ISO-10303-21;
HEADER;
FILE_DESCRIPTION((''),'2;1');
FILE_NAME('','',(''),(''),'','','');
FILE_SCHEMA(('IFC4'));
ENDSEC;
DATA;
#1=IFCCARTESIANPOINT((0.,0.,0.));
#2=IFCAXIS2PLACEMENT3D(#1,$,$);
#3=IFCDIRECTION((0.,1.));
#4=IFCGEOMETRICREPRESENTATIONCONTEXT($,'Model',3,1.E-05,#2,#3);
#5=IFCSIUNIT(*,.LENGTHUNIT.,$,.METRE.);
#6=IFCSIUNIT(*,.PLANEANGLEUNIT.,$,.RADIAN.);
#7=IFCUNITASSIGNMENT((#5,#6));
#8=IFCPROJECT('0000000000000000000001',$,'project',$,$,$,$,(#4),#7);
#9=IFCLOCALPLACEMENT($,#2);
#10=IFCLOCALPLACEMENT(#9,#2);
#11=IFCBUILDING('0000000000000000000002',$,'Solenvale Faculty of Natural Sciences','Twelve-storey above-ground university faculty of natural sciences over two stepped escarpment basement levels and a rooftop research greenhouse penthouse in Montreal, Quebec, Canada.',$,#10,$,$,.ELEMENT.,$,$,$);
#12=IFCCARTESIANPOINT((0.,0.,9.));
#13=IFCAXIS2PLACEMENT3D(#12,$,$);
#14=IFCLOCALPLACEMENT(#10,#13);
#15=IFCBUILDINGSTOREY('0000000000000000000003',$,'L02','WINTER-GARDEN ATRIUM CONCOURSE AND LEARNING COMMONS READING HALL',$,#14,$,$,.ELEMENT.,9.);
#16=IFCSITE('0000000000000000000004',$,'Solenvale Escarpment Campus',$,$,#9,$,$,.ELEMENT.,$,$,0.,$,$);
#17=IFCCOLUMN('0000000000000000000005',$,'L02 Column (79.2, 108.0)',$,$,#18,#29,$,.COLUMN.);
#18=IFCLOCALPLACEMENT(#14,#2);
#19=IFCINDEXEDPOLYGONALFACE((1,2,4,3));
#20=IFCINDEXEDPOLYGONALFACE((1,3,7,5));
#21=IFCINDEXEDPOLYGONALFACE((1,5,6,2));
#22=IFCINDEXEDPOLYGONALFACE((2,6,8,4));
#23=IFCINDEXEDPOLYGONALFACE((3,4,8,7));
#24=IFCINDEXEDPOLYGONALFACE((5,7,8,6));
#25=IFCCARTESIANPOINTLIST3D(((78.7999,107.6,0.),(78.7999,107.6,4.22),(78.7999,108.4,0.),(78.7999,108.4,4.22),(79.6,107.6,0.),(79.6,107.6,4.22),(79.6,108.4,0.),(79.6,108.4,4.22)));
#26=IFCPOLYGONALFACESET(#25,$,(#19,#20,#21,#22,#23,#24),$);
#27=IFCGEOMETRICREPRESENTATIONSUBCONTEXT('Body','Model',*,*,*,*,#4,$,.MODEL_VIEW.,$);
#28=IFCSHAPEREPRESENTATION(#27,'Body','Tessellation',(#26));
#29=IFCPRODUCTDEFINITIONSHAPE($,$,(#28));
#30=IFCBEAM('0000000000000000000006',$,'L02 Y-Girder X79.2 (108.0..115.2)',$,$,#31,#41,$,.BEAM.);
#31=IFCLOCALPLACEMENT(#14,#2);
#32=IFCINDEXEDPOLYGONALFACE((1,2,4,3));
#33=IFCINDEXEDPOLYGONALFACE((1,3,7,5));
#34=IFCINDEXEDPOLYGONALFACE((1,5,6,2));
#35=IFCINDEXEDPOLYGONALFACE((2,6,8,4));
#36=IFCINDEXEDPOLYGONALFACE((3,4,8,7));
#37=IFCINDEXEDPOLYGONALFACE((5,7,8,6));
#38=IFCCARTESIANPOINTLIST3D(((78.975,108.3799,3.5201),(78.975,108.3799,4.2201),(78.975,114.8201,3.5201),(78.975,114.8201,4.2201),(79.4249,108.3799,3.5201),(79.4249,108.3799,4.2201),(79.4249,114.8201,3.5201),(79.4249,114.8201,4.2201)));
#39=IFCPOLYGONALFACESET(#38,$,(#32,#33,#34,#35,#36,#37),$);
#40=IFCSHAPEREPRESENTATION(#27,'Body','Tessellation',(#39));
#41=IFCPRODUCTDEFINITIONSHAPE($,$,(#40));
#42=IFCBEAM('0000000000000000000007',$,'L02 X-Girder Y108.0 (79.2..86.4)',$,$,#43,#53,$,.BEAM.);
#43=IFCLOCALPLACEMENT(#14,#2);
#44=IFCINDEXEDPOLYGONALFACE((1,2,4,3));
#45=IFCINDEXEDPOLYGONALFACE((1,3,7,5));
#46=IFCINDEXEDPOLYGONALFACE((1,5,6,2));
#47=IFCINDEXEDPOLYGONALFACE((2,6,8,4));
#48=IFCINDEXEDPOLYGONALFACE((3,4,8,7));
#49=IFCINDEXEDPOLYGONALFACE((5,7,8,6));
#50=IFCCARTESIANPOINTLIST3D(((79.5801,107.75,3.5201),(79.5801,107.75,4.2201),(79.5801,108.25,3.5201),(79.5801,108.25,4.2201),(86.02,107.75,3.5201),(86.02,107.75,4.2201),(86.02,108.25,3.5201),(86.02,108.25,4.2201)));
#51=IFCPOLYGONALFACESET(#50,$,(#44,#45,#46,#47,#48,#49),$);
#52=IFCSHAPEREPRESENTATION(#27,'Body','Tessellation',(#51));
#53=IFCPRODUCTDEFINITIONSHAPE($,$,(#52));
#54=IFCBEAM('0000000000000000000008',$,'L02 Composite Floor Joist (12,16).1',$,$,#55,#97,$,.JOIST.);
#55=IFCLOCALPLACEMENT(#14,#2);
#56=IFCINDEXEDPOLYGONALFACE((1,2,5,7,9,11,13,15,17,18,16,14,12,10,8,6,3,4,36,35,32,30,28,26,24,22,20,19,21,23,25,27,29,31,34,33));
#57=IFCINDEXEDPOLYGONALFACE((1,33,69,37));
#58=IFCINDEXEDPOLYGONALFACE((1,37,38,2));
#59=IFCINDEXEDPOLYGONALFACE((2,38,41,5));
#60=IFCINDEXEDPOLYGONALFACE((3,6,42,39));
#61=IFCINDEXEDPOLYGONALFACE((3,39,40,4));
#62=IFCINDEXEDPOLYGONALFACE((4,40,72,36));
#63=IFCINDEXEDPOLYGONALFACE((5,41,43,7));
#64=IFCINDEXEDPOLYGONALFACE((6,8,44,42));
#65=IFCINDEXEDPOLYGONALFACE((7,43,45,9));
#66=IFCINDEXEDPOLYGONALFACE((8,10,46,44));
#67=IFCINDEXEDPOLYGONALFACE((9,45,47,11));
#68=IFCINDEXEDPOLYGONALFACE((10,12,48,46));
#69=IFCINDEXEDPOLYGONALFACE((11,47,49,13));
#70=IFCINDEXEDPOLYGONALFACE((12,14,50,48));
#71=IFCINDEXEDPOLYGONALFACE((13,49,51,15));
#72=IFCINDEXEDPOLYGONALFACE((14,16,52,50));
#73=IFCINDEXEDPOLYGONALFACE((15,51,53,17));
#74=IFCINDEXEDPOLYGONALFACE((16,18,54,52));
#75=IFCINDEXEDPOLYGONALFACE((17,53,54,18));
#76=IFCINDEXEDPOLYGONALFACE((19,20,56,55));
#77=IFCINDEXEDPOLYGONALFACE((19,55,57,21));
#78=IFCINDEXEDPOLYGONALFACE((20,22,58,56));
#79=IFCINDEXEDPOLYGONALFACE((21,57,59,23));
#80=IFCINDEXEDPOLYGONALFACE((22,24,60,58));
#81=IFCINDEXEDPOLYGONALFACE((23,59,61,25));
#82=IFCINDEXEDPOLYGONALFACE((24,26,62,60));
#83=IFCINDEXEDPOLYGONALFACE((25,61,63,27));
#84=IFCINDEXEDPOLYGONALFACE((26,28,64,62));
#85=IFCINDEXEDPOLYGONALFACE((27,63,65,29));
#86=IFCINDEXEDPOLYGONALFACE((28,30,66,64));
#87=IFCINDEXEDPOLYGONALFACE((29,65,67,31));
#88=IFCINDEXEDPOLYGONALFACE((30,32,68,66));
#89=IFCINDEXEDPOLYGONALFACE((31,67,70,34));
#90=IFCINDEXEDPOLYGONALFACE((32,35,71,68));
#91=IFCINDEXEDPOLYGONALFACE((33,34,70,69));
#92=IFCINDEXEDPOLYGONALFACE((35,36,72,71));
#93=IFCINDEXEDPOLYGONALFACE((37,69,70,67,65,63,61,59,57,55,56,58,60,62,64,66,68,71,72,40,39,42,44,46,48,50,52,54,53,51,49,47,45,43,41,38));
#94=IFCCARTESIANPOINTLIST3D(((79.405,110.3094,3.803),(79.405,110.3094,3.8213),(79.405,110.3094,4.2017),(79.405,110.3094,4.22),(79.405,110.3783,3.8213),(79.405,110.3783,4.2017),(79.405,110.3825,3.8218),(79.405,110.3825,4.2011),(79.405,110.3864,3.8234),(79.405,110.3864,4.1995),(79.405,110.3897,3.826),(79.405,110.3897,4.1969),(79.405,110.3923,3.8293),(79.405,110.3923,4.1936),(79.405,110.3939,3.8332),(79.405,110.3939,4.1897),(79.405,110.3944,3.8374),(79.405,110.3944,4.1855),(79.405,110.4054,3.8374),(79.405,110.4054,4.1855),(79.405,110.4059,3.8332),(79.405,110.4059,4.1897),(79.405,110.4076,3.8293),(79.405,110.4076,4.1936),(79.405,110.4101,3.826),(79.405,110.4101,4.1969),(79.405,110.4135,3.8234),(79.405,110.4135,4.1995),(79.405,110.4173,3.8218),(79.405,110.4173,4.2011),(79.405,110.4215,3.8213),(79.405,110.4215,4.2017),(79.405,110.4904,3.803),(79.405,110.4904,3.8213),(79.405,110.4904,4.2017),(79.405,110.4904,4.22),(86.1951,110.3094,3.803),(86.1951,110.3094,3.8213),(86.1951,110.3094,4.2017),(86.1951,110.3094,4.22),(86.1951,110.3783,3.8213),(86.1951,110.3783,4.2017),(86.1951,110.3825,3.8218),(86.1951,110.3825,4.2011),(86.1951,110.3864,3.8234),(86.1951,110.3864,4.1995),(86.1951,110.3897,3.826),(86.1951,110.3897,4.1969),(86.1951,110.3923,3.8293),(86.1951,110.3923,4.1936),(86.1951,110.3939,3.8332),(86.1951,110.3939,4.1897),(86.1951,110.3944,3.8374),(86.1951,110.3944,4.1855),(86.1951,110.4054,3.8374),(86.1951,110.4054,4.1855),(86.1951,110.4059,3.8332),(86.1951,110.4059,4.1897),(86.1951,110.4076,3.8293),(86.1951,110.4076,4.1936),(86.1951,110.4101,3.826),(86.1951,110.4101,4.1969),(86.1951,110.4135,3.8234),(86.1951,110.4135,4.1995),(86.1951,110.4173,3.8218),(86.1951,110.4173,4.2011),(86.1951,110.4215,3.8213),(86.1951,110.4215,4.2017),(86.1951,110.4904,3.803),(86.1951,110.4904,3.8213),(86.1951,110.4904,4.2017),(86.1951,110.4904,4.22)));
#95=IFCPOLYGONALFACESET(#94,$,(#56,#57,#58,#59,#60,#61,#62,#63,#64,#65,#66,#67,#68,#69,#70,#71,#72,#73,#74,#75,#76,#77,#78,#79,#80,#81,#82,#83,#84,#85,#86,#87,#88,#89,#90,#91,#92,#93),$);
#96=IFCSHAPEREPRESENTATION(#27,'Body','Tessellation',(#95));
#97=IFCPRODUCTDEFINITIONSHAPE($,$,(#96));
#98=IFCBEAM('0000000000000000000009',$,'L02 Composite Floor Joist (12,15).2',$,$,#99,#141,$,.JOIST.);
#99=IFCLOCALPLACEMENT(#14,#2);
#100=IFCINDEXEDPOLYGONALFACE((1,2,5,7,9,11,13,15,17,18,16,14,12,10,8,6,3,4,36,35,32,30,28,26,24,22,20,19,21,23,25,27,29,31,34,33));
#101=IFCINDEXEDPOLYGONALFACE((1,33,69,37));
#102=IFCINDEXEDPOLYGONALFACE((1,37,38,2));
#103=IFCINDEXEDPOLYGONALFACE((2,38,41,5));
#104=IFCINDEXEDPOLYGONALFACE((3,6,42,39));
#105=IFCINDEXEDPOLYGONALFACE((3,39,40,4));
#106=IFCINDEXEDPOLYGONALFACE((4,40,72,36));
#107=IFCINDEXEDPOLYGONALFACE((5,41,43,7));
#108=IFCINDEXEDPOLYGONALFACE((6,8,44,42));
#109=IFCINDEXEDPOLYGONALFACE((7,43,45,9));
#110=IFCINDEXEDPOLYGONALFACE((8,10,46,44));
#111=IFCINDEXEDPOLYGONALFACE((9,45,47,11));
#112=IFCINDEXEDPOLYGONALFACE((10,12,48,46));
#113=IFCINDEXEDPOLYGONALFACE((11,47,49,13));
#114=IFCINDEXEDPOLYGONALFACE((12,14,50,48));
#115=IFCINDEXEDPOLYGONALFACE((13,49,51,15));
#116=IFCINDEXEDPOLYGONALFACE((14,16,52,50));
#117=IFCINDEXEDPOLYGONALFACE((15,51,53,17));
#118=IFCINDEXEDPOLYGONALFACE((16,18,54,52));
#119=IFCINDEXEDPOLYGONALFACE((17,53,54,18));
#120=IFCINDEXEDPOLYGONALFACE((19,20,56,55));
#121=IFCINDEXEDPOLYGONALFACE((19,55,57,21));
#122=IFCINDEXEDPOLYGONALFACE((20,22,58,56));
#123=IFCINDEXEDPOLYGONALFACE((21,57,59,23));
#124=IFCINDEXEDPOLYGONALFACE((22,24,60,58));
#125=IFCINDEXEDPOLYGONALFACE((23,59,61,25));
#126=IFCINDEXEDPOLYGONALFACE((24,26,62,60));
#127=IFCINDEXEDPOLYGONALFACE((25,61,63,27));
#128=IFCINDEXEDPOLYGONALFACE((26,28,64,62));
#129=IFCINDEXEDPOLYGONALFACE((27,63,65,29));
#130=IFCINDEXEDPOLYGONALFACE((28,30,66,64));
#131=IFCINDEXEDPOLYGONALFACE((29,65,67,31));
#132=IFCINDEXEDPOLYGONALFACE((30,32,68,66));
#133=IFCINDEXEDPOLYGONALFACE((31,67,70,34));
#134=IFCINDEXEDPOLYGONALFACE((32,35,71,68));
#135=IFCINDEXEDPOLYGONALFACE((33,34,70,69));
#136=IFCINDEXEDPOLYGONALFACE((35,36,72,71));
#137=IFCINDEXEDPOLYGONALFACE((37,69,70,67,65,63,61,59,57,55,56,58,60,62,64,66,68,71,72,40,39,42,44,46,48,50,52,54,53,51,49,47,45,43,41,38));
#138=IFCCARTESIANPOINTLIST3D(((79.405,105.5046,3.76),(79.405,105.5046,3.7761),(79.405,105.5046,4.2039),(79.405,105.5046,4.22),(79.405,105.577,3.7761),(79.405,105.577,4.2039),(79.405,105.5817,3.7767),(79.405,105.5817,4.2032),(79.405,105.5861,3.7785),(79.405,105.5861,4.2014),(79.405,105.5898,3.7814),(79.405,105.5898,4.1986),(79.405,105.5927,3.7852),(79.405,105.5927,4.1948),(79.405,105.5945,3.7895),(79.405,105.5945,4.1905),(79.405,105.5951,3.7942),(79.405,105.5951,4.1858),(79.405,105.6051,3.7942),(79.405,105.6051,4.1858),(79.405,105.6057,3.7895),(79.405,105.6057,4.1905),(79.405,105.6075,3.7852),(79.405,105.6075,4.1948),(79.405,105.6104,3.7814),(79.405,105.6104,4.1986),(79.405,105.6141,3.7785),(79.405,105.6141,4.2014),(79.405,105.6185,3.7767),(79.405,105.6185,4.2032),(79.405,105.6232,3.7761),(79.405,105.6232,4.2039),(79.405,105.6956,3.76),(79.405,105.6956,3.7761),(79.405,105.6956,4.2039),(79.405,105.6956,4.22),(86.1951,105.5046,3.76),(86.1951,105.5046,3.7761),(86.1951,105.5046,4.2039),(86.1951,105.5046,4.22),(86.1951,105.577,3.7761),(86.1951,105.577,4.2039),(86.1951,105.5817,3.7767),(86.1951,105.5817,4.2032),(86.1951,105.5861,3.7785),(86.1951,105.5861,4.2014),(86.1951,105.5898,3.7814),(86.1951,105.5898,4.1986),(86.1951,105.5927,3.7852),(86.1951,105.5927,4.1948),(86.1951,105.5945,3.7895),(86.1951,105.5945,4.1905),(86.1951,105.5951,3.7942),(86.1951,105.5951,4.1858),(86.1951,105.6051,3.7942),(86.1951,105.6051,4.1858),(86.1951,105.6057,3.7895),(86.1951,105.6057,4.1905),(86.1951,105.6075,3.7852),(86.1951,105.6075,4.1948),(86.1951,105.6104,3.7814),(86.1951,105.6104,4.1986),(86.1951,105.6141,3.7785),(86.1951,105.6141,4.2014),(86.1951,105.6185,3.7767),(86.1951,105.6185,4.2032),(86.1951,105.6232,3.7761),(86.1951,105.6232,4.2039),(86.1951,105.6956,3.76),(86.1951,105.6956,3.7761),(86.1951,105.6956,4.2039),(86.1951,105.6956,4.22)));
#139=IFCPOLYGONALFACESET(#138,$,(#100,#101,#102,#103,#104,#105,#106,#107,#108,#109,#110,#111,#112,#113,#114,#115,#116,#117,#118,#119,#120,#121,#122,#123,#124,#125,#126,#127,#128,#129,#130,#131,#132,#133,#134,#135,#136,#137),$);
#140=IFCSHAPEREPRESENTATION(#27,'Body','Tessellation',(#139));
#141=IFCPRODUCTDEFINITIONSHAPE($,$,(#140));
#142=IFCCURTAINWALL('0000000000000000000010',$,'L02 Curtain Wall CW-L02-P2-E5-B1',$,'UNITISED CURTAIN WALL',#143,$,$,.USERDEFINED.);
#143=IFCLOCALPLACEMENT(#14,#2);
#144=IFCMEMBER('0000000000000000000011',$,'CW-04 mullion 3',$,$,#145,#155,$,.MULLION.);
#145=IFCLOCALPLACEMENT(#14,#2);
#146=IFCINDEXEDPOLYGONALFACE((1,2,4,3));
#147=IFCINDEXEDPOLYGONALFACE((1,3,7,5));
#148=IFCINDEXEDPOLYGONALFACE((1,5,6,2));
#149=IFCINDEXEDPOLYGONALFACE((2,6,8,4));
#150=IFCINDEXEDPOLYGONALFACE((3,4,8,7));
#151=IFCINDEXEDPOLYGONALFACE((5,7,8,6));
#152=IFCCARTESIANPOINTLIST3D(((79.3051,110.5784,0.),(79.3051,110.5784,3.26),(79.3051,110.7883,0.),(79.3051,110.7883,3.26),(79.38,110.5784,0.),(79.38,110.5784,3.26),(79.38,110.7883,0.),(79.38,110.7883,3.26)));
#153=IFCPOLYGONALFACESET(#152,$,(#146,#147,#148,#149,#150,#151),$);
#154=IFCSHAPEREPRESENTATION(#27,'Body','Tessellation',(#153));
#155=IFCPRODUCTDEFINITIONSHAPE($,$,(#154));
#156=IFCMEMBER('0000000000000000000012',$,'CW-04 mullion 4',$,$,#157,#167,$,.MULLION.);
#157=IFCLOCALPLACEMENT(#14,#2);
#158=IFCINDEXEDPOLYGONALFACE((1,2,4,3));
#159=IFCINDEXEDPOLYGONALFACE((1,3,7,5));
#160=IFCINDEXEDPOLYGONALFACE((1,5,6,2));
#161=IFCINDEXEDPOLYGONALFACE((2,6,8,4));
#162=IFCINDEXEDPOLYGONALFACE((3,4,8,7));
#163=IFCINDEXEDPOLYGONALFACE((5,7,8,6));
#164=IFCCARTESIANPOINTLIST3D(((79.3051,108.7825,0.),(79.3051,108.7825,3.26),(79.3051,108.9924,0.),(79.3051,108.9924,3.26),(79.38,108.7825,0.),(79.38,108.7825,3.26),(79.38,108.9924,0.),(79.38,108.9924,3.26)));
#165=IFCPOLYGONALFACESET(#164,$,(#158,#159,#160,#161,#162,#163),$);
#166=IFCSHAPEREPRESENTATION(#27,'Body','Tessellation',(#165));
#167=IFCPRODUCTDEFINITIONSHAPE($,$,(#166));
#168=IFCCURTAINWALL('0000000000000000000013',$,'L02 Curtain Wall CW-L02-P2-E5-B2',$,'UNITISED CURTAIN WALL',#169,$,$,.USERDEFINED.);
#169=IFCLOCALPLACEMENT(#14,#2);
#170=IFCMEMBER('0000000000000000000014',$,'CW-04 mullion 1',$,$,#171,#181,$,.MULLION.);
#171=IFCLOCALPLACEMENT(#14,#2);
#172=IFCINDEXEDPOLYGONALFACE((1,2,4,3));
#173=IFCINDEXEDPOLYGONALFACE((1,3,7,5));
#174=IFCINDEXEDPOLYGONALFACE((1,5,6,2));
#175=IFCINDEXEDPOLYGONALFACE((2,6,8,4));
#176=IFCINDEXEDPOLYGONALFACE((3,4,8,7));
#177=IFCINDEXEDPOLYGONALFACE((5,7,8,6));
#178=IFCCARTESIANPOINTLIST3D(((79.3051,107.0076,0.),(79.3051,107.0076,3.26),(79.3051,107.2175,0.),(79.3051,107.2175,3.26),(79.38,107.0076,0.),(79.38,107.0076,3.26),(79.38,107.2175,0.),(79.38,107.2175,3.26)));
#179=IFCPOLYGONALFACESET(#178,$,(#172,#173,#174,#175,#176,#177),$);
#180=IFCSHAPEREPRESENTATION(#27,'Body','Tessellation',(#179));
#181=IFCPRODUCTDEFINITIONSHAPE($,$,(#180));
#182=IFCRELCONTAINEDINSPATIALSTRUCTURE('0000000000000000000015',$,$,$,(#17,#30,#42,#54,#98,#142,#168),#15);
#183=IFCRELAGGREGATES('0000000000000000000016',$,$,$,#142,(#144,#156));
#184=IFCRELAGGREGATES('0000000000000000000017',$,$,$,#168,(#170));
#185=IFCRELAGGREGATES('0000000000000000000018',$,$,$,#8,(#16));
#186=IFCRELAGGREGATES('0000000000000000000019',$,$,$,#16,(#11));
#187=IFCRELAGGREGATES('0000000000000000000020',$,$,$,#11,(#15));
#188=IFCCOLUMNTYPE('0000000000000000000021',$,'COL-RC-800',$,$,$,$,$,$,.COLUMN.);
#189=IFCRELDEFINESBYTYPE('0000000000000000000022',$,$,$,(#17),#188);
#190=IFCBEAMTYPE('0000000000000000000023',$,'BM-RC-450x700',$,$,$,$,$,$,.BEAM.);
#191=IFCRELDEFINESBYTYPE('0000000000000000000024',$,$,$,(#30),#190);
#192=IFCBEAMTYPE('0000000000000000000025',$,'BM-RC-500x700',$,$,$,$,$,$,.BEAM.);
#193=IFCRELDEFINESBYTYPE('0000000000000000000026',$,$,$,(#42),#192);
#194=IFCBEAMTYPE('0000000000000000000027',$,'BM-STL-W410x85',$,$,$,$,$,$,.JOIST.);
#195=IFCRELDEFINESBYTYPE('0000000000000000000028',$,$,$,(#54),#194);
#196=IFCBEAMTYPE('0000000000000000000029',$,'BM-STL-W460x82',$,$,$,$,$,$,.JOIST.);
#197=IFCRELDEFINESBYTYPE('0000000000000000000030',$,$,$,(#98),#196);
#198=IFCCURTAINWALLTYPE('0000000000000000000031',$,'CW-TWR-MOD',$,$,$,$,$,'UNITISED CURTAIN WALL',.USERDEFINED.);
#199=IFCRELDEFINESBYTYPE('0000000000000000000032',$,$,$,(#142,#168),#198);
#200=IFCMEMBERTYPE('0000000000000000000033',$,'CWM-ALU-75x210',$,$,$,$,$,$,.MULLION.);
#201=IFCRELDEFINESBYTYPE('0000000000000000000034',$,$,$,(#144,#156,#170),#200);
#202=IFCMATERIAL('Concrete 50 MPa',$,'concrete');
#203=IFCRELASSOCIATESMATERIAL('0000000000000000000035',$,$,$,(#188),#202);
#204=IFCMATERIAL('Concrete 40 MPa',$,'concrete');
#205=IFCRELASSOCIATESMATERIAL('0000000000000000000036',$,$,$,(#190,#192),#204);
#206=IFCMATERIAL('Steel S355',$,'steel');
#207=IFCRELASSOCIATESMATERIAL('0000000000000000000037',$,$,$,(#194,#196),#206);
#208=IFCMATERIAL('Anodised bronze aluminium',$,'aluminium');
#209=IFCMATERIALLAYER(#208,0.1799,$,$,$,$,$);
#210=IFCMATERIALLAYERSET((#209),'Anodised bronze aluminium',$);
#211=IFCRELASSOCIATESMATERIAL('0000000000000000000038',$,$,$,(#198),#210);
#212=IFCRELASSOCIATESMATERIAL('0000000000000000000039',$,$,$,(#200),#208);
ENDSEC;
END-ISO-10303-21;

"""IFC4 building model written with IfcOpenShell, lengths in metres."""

from ifc_helpers import new_model, si_unit, direction, frame, origin, origin_2d, place, context, subcontext, project, spatial, rectangle, i_section, extrude, material, layer, layer_set, material_profile, profile_set, type_object, element, aggregate, save


model = new_model("IFC4")

# Units and contexts
model_context = context("Model", 3, precision=1e-05, world=origin(), true_north=direction((0.0, 1.0)))
body_context = subcontext(model_context, "Body", "Model", "MODEL_VIEW")
ifc_project = project(units=[si_unit("LENGTHUNIT", "METRE"), si_unit("PLANEANGLEUNIT", "RADIAN")], contexts=[model_context])

# Site, building, storey
site_placement = place(None, origin())
site = spatial("IfcSite", under=ifc_project, at=site_placement, Name="Solenvale Escarpment Campus", CompositionType="ELEMENT", RefElevation=0.0)
building_placement = place(site_placement, origin())
building = spatial("IfcBuilding", under=site, at=building_placement, Name="Solenvale Faculty of Natural Sciences", Description="Twelve-storey above-ground university faculty of natural sciences over two stepped escarpment basement levels and a rooftop research greenhouse penthouse in Montreal, Quebec, Canada.", CompositionType="ELEMENT")
storey_placement = place(building_placement, frame((0.0, 0.0, 9.0)))
storey = spatial("IfcBuildingStorey", under=building, at=storey_placement, Name="L02", Description="WINTER-GARDEN ATRIUM CONCOURSE AND LEARNING COMMONS READING HALL", CompositionType="ELEMENT", Elevation=9.0)

# Column
ifc_material_1 = material(Name="Concrete 50 MPa", Category="concrete")
ifc_material_profile_1 = material_profile(ifc_material_1, rectangle(XDim=0.8, YDim=0.8, at=origin_2d()), Name="RC-COL-800x800")
ifc_profile_set_1 = profile_set([ifc_material_profile_1], Name="Concrete 50 MPa")
column_type = type_object("IfcColumnType", Name="COL-RC-800", PredefinedType="COLUMN", material=ifc_profile_set_1)
column_placement = place(storey_placement, frame((79.2, 108.0, 0.0), z_axis=(0.0, 0.0, 1.0), x_axis=(1.0, 0.0, 0.0)))
element("IfcColumn", 1, at=column_placement, inside=storey, type_object=column_type, Name="L02 Column (79.2, 108.0)", PredefinedType="COLUMN", context=body_context, shape_type="SweptSolid", body=[
    extrude(rectangle(XDim=0.8, YDim=0.8, at=origin_2d()), origin(), (0.0, 0.0, 1.0), 4.22),
])

# Beams
ifc_material_2 = material(Name="Concrete 40 MPa", Category="concrete")
ifc_material_profile_2 = material_profile(ifc_material_2, rectangle(XDim=0.45, YDim=0.7, at=origin_2d()), Name="RC-BM-450x700")
ifc_profile_set_2 = profile_set([ifc_material_profile_2], Name="Concrete 40 MPa")
beam_type_1 = type_object("IfcBeamType", Name="BM-RC-450x700", PredefinedType="BEAM", material=ifc_profile_set_2)
beam_1_placement = place(storey_placement, frame((79.2, 108.3799, 3.8701), z_axis=(0.0, 1.0, 0.0), x_axis=(-1.0, 0.0, 0.0)))
element("IfcBeam", 2, at=beam_1_placement, inside=storey, type_object=beam_type_1, Name="L02 Y-Girder X79.2 (108.0..115.2)", PredefinedType="BEAM", context=body_context, shape_type="SweptSolid", body=[
    extrude(rectangle(XDim=0.45, YDim=0.7, at=origin_2d()), origin(), (0.0, 0.0, 1.0), 6.4402),
])
ifc_material_profile_3 = material_profile(ifc_material_2, rectangle(XDim=0.5, YDim=0.7, at=origin_2d()), Name="RC-BM-500x700")
ifc_profile_set_3 = profile_set([ifc_material_profile_3], Name="Concrete 40 MPa")
beam_type_2 = type_object("IfcBeamType", Name="BM-RC-500x700", PredefinedType="BEAM", material=ifc_profile_set_3)
beam_2_placement = place(storey_placement, frame((79.5801, 108.0, 3.8701), z_axis=(1.0, 0.0, 0.0), x_axis=(0.0, 1.0, 0.0)))
element("IfcBeam", 3, at=beam_2_placement, inside=storey, type_object=beam_type_2, Name="L02 X-Girder Y108.0 (79.2..86.4)", PredefinedType="BEAM", context=body_context, shape_type="SweptSolid", body=[
    extrude(rectangle(XDim=0.5, YDim=0.7, at=origin_2d()), origin(), (0.0, 0.0, 1.0), 6.4399),
])
ifc_material_3 = material(Name="Steel S355", Category="steel")
ifc_material_profile_4 = material_profile(ifc_material_3, i_section(OverallWidth=0.1809, OverallDepth=0.417, WebThickness=0.011, FlangeThickness=0.0183, FilletRadius=0.0161, at=origin_2d()), Name="W410x85")
ifc_profile_set_4 = profile_set([ifc_material_profile_4], Name="Steel S355")
beam_type_3 = type_object("IfcBeamType", Name="BM-STL-W410x85", PredefinedType="JOIST", material=ifc_profile_set_4)
beam_3_placement = place(storey_placement, frame((79.405, 110.3999, 4.0115), z_axis=(1.0, 0.0, 0.0), x_axis=(0.0, 1.0, 0.0)))
element("IfcBeam", 4, at=beam_3_placement, inside=storey, type_object=beam_type_3, Name="L02 Composite Floor Joist (12,16).1", PredefinedType="JOIST", context=body_context, shape_type="SweptSolid", body=[
    extrude(i_section(OverallWidth=0.1809, OverallDepth=0.417, WebThickness=0.011, FlangeThickness=0.0183, FilletRadius=0.0161, at=origin_2d()), origin(), (0.0, 0.0, 1.0), 6.79),
])
ifc_material_profile_5 = material_profile(ifc_material_3, i_section(OverallWidth=0.1909, OverallDepth=0.46, WebThickness=0.01, FlangeThickness=0.0161, FilletRadius=0.0181, at=origin_2d()), Name="W460x82")
ifc_profile_set_5 = profile_set([ifc_material_profile_5], Name="Steel S355")
beam_type_4 = type_object("IfcBeamType", Name="BM-STL-W460x82", PredefinedType="JOIST", material=ifc_profile_set_5)
beam_4_placement = place(storey_placement, frame((79.405, 105.6001, 3.99), z_axis=(1.0, 0.0, 0.0), x_axis=(0.0, 1.0, 0.0)))
element("IfcBeam", 5, at=beam_4_placement, inside=storey, type_object=beam_type_4, Name="L02 Composite Floor Joist (12,15).2", PredefinedType="JOIST", context=body_context, shape_type="SweptSolid", body=[
    extrude(i_section(OverallWidth=0.1909, OverallDepth=0.46, WebThickness=0.01, FlangeThickness=0.0161, FilletRadius=0.0181, at=origin_2d()), origin(), (0.0, 0.0, 1.0), 6.79),
])

# Curtain walls, members
ifc_material_4 = material(Name="Anodised bronze aluminium", Category="aluminium")
ifc_layer_1 = layer(ifc_material_4, 0.1799)
ifc_layer_set_1 = layer_set([ifc_layer_1], Name="Anodised bronze aluminium")
curtain_wall_type = type_object("IfcCurtainWallType", Name="CW-TWR-MOD", ElementType="UNITISED CURTAIN WALL", PredefinedType="USERDEFINED", material=ifc_layer_set_1)
curtain_wall_1_placement = place(storey_placement, origin())
curtain_wall_1 = element("IfcCurtainWall", 6, at=curtain_wall_1_placement, inside=storey, type_object=curtain_wall_type, Name="L02 Curtain Wall CW-L02-P2-E5-B1", ObjectType="UNITISED CURTAIN WALL", PredefinedType="USERDEFINED")
ifc_material_profile_6 = material_profile(ifc_material_4, rectangle(XDim=0.075, YDim=0.21, at=origin_2d()), Name="ALU-MUL-75x210")
ifc_profile_set_6 = profile_set([ifc_material_profile_6], Name="Anodised bronze aluminium")
member_type_1 = type_object("IfcMemberType", Name="CWM-ALU-75x210", PredefinedType="MULLION", material=ifc_profile_set_6)
member_1_placement = place(storey_placement, frame((79.3425, 110.6833, 0.0), z_axis=(0.0, 0.0, 1.0), x_axis=(1.0, 0.0, 0.0)))
member_1 = element("IfcMember", 7, at=member_1_placement, type_object=member_type_1, Name="CW-04 mullion 3", PredefinedType="MULLION", context=body_context, shape_type="SweptSolid", body=[
    extrude(rectangle(XDim=0.075, YDim=0.21, at=origin_2d()), origin(), (0.0, 0.0, 1.0), 3.26),
])
member_2_placement = place(storey_placement, frame((79.3425, 108.8875, 0.0), z_axis=(0.0, 0.0, 1.0), x_axis=(1.0, 0.0, 0.0)))
member_2 = element("IfcMember", 8, at=member_2_placement, type_object=member_type_1, Name="CW-04 mullion 4", PredefinedType="MULLION", context=body_context, shape_type="SweptSolid", body=[
    extrude(rectangle(XDim=0.075, YDim=0.21, at=origin_2d()), origin(), (0.0, 0.0, 1.0), 3.26),
])
curtain_wall_2_placement = place(storey_placement, origin())
curtain_wall_2 = element("IfcCurtainWall", 9, at=curtain_wall_2_placement, inside=storey, type_object=curtain_wall_type, Name="L02 Curtain Wall CW-L02-P2-E5-B2", ObjectType="UNITISED CURTAIN WALL", PredefinedType="USERDEFINED")
member_3_placement = place(storey_placement, frame((79.3425, 107.1125, 0.0), z_axis=(0.0, 0.0, 1.0), x_axis=(1.0, 0.0, 0.0)))
member_3 = element("IfcMember", 10, at=member_3_placement, type_object=member_type_1, Name="CW-04 mullion 1", PredefinedType="MULLION", context=body_context, shape_type="SweptSolid", body=[
    extrude(rectangle(XDim=0.075, YDim=0.21, at=origin_2d()), origin(), (0.0, 0.0, 1.0), 3.26),
])

aggregate(curtain_wall_1, [member_1, member_2])
aggregate(curtain_wall_2, [member_3])

save(model, "model.ifc")
